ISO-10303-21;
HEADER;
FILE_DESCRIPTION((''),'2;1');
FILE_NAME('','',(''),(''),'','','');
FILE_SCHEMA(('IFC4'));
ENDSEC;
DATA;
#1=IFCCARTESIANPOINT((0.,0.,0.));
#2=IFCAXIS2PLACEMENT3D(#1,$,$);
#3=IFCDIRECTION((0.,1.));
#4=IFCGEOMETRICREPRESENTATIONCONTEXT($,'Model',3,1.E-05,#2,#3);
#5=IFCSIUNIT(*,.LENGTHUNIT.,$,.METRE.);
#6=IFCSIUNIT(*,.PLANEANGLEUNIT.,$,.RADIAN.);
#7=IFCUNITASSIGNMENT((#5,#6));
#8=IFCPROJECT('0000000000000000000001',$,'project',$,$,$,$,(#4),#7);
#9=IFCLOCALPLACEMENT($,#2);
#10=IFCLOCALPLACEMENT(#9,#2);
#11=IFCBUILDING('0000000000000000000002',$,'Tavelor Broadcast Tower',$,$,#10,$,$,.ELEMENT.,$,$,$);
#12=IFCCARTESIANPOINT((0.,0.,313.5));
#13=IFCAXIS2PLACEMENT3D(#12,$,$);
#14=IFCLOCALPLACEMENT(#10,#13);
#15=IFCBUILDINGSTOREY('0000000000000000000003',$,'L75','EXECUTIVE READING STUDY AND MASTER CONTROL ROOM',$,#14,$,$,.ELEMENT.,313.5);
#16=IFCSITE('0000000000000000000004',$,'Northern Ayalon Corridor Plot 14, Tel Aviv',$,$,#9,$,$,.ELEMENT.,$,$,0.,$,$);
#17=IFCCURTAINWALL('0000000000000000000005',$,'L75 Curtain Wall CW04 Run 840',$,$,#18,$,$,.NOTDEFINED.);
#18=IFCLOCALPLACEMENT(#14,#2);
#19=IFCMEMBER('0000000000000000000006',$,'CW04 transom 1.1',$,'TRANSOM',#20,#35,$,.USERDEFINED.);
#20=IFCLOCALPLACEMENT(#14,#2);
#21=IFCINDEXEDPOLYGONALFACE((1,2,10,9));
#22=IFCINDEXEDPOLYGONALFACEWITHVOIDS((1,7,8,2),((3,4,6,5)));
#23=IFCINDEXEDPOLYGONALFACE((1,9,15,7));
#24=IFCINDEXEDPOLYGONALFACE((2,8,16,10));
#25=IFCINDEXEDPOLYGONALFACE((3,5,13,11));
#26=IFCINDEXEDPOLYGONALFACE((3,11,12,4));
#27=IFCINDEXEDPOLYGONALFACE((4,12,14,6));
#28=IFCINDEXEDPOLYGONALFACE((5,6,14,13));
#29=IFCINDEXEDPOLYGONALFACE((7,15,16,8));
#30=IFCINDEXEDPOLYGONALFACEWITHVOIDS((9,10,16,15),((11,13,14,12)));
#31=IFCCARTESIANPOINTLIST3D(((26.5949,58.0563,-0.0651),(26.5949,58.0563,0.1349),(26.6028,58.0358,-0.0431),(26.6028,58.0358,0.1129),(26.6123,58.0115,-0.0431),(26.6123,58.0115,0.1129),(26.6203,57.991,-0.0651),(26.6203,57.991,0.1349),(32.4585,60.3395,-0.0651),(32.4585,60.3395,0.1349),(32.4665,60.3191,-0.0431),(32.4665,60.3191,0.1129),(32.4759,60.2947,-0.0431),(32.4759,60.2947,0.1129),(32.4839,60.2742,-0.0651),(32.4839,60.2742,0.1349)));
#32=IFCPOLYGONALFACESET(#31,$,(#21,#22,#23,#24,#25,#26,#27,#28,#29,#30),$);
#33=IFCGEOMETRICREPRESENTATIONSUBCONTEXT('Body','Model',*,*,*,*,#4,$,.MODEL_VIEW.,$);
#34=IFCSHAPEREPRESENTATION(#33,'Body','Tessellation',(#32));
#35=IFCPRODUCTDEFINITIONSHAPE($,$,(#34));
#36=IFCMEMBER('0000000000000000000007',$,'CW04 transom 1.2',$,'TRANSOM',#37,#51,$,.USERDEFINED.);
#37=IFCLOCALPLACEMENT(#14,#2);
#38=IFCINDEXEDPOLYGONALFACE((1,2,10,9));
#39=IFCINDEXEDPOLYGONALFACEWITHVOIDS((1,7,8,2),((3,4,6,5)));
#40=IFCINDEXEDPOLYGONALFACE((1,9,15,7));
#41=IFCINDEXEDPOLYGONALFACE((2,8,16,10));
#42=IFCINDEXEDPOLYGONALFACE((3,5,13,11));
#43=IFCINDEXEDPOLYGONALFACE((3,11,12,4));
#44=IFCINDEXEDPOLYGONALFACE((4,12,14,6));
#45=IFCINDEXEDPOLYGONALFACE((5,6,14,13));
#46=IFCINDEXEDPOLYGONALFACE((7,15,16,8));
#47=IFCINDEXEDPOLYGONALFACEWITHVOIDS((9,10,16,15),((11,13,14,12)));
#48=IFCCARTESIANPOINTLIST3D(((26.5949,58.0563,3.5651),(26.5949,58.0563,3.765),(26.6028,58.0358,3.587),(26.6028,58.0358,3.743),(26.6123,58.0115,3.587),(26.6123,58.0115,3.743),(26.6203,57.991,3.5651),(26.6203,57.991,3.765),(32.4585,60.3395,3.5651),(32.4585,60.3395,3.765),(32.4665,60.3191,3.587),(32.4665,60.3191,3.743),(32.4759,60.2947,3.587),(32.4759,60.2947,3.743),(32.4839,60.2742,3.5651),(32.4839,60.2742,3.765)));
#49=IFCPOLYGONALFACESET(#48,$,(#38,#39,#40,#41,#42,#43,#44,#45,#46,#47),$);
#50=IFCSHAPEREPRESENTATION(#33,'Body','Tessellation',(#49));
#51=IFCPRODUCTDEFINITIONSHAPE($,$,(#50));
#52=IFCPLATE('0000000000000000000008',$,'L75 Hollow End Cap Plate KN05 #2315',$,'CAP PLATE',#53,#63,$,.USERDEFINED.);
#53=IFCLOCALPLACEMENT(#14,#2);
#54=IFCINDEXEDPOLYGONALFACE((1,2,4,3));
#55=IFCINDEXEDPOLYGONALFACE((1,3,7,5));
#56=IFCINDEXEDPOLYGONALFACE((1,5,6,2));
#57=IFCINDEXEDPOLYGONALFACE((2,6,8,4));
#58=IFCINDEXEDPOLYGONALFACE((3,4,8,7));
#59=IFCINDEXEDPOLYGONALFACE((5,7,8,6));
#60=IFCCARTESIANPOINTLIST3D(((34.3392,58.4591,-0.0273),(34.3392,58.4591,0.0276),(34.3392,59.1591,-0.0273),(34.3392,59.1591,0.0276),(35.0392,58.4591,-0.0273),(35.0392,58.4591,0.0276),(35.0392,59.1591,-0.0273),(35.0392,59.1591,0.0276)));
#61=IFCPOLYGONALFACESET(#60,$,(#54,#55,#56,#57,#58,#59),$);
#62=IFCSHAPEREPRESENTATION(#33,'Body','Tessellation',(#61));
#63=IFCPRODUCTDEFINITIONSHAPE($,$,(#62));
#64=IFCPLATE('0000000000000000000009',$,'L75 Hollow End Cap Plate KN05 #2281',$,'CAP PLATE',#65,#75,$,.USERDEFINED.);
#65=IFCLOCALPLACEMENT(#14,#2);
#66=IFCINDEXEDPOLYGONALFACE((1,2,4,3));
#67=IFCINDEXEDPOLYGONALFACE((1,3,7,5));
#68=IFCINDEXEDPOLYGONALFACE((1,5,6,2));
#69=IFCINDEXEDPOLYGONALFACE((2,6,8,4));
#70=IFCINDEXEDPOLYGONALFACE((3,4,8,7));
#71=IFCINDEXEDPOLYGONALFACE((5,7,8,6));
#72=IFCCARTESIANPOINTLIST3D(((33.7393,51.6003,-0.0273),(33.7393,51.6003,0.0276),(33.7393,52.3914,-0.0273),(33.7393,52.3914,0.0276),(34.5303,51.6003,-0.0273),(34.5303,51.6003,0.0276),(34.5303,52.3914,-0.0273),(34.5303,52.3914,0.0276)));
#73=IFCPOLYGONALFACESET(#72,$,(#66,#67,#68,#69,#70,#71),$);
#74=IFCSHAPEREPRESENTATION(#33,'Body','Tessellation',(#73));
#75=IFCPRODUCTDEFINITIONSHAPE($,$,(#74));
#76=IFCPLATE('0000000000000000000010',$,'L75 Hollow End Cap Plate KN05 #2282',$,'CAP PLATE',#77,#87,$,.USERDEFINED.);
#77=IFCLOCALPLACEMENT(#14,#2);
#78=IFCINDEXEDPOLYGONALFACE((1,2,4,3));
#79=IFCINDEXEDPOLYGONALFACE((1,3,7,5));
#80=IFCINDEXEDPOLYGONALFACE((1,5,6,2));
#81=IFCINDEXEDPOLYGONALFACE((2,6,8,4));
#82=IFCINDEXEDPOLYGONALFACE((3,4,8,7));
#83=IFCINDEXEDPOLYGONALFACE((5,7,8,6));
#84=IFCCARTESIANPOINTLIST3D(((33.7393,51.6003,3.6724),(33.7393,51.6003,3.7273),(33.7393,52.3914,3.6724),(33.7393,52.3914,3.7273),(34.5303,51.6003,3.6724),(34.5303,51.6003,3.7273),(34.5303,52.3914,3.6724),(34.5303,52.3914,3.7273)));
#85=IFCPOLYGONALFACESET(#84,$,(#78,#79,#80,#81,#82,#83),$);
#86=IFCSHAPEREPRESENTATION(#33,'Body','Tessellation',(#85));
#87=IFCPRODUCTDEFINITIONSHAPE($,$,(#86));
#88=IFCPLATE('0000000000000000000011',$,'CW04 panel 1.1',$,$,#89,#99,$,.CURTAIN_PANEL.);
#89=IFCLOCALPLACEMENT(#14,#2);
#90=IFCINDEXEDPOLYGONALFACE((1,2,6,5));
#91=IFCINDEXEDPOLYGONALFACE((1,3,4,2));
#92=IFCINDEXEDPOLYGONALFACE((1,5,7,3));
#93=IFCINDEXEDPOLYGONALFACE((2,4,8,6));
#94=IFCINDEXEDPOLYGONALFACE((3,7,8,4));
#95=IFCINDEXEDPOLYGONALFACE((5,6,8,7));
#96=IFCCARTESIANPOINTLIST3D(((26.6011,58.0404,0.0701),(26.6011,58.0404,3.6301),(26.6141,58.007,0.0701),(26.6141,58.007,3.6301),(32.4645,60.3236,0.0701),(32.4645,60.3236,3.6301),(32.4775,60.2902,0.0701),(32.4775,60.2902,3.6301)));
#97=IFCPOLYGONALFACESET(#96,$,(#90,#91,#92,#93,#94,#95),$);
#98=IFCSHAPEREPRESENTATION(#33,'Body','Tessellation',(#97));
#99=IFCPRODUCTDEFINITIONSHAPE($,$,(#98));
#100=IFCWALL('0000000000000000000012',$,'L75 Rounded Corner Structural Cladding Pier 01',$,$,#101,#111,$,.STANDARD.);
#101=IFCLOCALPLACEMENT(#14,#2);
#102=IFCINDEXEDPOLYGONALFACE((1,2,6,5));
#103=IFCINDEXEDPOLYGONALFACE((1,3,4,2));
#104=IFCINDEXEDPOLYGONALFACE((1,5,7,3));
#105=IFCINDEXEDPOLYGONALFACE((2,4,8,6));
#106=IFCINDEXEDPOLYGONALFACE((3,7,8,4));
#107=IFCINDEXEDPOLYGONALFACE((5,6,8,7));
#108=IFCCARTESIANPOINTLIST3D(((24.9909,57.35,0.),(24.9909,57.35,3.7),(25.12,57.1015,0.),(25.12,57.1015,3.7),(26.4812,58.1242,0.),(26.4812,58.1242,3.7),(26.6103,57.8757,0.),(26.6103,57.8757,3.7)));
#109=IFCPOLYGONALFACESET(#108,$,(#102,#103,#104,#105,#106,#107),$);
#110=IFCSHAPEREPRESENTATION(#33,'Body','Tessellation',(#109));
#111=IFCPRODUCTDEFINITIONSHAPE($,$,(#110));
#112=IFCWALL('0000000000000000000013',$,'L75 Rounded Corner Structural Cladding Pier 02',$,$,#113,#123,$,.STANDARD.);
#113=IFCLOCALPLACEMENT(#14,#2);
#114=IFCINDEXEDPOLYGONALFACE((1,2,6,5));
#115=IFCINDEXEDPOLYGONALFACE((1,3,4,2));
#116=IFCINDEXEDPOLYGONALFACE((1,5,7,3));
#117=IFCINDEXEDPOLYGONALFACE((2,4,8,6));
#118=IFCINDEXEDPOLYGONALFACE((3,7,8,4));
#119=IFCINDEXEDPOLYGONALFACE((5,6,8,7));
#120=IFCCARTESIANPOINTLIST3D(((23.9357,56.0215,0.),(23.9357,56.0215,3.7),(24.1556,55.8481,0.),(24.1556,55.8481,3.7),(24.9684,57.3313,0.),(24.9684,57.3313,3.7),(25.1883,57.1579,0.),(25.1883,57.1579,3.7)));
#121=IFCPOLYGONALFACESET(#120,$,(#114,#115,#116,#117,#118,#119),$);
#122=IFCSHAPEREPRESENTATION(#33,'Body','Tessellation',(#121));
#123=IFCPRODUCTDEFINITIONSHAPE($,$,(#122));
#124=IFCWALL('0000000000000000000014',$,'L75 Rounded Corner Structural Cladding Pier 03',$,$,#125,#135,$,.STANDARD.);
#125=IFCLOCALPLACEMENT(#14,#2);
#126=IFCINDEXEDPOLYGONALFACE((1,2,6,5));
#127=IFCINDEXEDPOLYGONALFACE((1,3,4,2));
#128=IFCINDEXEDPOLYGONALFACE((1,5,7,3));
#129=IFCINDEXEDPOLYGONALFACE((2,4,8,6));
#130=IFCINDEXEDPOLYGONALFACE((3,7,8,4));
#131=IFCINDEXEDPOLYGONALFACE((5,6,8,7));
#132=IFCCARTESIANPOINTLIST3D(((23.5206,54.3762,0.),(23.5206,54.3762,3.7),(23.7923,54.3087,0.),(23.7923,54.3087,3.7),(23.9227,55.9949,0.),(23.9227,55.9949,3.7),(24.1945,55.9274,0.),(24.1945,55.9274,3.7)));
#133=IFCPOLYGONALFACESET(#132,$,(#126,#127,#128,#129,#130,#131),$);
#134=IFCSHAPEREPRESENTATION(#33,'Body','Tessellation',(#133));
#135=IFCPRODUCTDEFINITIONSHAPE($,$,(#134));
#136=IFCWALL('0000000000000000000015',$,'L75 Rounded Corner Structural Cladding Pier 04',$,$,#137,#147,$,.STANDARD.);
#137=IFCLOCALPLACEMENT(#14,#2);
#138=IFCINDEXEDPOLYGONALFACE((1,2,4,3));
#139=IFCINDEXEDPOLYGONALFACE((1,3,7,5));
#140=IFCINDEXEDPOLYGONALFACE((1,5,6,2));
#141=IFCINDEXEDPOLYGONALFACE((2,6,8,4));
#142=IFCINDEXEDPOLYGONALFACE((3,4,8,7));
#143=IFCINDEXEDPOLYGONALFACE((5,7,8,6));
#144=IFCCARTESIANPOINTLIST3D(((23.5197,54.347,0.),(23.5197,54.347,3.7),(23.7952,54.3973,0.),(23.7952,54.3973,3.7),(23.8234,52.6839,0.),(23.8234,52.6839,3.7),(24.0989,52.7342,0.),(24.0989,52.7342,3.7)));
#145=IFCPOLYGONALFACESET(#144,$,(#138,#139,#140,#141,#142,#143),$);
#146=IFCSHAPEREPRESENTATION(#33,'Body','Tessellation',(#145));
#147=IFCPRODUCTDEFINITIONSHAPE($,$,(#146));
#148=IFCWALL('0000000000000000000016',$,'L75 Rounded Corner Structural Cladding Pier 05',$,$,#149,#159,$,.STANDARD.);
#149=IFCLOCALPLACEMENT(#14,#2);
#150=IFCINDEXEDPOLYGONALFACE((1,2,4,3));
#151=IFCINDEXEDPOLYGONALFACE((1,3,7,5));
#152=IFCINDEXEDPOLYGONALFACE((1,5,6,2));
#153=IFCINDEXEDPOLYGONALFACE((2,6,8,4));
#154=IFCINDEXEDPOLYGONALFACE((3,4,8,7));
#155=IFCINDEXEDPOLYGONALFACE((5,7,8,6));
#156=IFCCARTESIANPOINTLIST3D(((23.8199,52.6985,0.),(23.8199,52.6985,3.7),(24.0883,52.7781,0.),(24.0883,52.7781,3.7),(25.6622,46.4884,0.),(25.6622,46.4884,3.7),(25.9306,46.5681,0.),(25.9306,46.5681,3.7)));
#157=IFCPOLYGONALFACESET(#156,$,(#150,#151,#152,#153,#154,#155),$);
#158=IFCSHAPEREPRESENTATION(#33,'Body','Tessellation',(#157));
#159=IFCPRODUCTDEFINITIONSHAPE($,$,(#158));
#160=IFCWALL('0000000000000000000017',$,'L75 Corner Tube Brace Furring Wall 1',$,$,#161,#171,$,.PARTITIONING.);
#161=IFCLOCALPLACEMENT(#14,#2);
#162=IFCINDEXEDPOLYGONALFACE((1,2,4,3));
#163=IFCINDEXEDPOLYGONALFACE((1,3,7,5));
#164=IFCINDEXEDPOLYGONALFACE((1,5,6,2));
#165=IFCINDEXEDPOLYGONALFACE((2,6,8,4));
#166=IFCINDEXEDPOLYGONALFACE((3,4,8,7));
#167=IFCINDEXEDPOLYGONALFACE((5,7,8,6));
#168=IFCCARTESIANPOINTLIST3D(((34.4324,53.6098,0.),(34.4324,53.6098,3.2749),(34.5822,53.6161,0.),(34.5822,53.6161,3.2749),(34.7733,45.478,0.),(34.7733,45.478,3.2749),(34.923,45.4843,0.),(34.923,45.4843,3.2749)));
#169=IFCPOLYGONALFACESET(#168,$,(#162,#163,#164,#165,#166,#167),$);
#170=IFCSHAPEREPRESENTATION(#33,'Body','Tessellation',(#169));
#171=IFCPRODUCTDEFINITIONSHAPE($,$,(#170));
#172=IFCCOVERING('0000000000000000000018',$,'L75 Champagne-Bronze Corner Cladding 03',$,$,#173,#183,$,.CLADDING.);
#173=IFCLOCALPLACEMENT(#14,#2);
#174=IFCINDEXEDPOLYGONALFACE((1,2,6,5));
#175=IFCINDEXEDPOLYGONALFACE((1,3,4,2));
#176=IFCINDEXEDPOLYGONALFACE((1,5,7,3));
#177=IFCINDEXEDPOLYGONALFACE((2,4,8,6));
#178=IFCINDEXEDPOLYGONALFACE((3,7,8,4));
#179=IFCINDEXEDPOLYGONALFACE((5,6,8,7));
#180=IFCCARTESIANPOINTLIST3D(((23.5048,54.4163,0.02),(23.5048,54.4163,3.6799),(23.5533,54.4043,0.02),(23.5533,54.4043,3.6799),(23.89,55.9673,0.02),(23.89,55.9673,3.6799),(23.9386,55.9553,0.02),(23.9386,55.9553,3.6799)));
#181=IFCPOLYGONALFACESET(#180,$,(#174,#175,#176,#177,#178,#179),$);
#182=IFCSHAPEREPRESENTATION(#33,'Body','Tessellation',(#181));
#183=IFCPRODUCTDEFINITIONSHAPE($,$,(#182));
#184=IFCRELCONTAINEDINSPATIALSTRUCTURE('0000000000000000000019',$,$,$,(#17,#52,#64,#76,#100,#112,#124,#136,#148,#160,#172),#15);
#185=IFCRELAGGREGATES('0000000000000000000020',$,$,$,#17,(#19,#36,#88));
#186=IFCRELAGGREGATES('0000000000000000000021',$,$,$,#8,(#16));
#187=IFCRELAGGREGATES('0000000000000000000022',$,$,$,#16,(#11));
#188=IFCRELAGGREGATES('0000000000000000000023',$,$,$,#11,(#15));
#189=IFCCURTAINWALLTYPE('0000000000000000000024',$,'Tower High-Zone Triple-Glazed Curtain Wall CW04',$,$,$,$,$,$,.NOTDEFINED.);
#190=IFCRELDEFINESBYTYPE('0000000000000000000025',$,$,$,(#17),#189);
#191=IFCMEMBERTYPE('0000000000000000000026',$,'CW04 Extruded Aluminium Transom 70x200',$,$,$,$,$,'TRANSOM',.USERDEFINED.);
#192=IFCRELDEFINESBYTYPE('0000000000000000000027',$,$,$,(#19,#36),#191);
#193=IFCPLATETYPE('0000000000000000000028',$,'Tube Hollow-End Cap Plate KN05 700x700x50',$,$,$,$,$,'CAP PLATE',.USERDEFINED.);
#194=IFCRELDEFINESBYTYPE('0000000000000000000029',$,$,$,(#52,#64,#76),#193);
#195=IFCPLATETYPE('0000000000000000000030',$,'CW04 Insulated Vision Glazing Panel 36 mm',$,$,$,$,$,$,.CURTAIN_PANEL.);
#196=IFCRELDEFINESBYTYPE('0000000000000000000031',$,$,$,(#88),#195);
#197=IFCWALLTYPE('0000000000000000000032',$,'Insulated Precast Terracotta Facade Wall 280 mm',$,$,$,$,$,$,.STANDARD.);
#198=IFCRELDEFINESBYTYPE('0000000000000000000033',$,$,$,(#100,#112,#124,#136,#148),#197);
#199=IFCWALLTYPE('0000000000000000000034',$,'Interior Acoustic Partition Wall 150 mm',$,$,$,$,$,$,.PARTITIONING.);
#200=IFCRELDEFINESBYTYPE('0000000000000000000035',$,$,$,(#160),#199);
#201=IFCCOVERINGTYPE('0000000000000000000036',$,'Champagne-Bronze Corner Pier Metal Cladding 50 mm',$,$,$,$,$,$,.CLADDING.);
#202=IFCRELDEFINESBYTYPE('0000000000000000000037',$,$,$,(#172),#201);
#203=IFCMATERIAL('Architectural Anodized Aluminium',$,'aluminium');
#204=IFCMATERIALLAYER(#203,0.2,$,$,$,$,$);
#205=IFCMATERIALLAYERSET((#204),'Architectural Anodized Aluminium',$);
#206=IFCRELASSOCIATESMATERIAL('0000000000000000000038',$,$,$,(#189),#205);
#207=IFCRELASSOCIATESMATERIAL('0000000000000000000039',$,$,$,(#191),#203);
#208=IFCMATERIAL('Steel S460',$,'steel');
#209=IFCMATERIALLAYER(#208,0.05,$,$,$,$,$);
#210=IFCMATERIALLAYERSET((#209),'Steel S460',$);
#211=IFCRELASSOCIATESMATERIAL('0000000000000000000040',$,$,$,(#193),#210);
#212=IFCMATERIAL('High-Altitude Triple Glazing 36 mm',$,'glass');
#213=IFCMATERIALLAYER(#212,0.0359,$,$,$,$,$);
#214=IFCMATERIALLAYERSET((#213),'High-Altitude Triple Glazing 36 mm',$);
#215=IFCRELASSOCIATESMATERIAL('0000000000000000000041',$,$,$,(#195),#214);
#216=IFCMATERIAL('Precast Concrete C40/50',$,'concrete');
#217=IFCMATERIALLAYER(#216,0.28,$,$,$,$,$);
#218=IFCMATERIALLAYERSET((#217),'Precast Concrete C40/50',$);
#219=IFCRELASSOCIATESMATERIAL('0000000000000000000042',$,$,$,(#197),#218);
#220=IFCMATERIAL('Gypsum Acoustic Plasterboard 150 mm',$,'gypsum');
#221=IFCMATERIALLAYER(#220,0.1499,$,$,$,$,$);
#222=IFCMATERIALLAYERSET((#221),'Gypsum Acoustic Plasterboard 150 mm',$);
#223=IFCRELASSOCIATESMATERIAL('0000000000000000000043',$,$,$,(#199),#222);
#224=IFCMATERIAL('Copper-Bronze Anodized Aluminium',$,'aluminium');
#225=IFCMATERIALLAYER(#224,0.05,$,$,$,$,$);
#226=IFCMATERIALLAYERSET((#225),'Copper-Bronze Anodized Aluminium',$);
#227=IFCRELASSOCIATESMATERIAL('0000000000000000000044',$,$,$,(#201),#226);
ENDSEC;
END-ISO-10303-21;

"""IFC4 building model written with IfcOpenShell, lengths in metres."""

from ifc_helpers import new_model, si_unit, direction, frame, frame_2d, origin, origin_2d, place, context, subcontext, project, spatial, rectangle, hollow_rectangle, extrude, source, transform, mapped, material, layer, layer_set, material_profile, profile_set, type_object, type_shapes, element, aggregate, save


model = new_model("IFC4")

# Units and contexts
model_context = context("Model", 3, precision=1e-05, world=origin(), true_north=direction((0.0, 1.0)))
body_context = subcontext(model_context, "Body", "Model", "MODEL_VIEW")
ifc_project = project(units=[si_unit("LENGTHUNIT", "METRE"), si_unit("PLANEANGLEUNIT", "RADIAN")], contexts=[model_context])

# Site, building, storey
site_placement = place(None, origin())
site = spatial("IfcSite", under=ifc_project, at=site_placement, Name="Northern Ayalon Corridor Plot 14, Tel Aviv", CompositionType="ELEMENT", RefElevation=0.0)
building_placement = place(site_placement, origin())
building = spatial("IfcBuilding", under=site, at=building_placement, Name="Tavelor Broadcast Tower", CompositionType="ELEMENT")
storey_placement = place(building_placement, frame((0.0, 0.0, 313.5)))
storey = spatial("IfcBuildingStorey", under=building, at=storey_placement, Name="L75", Description="EXECUTIVE READING STUDY AND MASTER CONTROL ROOM", CompositionType="ELEMENT", Elevation=313.5)

# Shared definitions
ifc_material_1 = material(Name="Steel S460", Category="steel")

# Shared definitions
ifc_material_2 = material(Name="Architectural Anodized Aluminium", Category="aluminium")
ifc_layer_1 = layer(ifc_material_2, 0.2)
ifc_layer_set_1 = layer_set([ifc_layer_1], Name="Architectural Anodized Aluminium")
curtain_wall_type = type_object("IfcCurtainWallType", Name="Tower High-Zone Triple-Glazed Curtain Wall CW04", PredefinedType="NOTDEFINED", material=ifc_layer_set_1)

# Curtain wall, members
curtain_wall_1_placement = place(storey_placement, origin())
curtain_wall_1 = element("IfcCurtainWall", 1, at=curtain_wall_1_placement, inside=storey, type_object=curtain_wall_type, Name="L75 Curtain Wall CW04 Run 840", PredefinedType="NOTDEFINED")
ifc_material_profile_1 = material_profile(ifc_material_2, hollow_rectangle(XDim=0.0701, YDim=0.2, WallThickness=0.022, at=origin_2d()), Name="RHS 70x200x22")
ifc_profile_set_1 = profile_set([ifc_material_profile_1], Name="Architectural Anodized Aluminium")
member_type_1 = type_object("IfcMemberType", Name="CW04 Extruded Aluminium Transom 70x200", ElementType="TRANSOM", PredefinedType="USERDEFINED", material=ifc_profile_set_1)
shared_shape_1 = source(origin(), body_context, "Body", "SweptSolid", [
    extrude(hollow_rectangle(XDim=0.0701, YDim=0.2, WallThickness=0.022, at=origin_2d()), origin(), (0.0, 0.0, 1.0), 6.2925),
])
type_shapes(member_type_1, [shared_shape_1])
member_1_placement = place(storey_placement, frame((32.4712, 60.3069, 0.0349), z_axis=(-0.931847, -0.362853, 0.0), x_axis=(0.362853, -0.931847, 0.0)))
member_1 = element("IfcMember", 2, at=member_1_placement, type_object=member_type_1, Name="CW04 transom 1.1", ObjectType="TRANSOM", PredefinedType="USERDEFINED", context=body_context, shape_type="MappedRepresentation", body=[
    mapped(shared_shape_1, transform((0.0, 0.0, 0.0), scale=1.0)),
])
member_2_placement = place(storey_placement, frame((32.4712, 60.3069, 3.665), z_axis=(-0.931847, -0.362853, 0.0), x_axis=(0.362853, -0.931847, 0.0)))
member_2 = element("IfcMember", 3, at=member_2_placement, type_object=member_type_1, Name="CW04 transom 1.2", ObjectType="TRANSOM", PredefinedType="USERDEFINED", context=body_context, shape_type="MappedRepresentation", body=[
    mapped(shared_shape_1, transform((0.0, 0.0, 0.0), scale=1.0)),
])

# Plates
ifc_layer_2 = layer(ifc_material_1, 0.05)
ifc_layer_set_2 = layer_set([ifc_layer_2], Name="Steel S460")
plate_type_1 = type_object("IfcPlateType", Name="Tube Hollow-End Cap Plate KN05 700x700x50", ElementType="CAP PLATE", PredefinedType="USERDEFINED", material=ifc_layer_set_2)
shared_shape_2 = source(origin(), body_context, "Body", "SweptSolid", [
    extrude(rectangle(XDim=0.7, YDim=0.7, at=origin_2d()), origin(), (0.0, 0.0, 1.0), 0.0549),
])
plate_1_placement = place(storey_placement, frame((34.6892, 58.8091, -0.0273), z_axis=(0.0, 0.0, 1.0), x_axis=(1.0, 0.0, 0.0)))
element("IfcPlate", 4, at=plate_1_placement, inside=storey, type_object=plate_type_1, Name="L75 Hollow End Cap Plate KN05 #2315", ObjectType="CAP PLATE", PredefinedType="USERDEFINED", context=body_context, shape_type="MappedRepresentation", body=[
    mapped(shared_shape_2, transform((0.0, 0.0, 0.0), scale=1.0)),
])
shared_shape_3 = source(origin(), body_context, "Body", "SweptSolid", [
    extrude(rectangle(XDim=0.791, YDim=0.791, at=origin_2d()), origin(), (0.0, 0.0, 1.0), 0.0549),
])
type_shapes(plate_type_1, [shared_shape_2, shared_shape_3])
for number, where, z_axis, x_axis, name in (
    (5, (34.1348, 51.9958, -0.0273), (0.0, 0.0, 1.0), (1.0, 0.0, 0.0), "L75 Hollow End Cap Plate KN05 #2281"),
    (6, (34.1348, 51.9958, 3.6724), (0.0, 0.0, 1.0), (1.0, 0.0, 0.0), "L75 Hollow End Cap Plate KN05 #2282"),
):
    element("IfcPlate", number, at=place(storey_placement, frame(where, z_axis=z_axis, x_axis=x_axis)), inside=storey, type_object=plate_type_1, Name=name, ObjectType="CAP PLATE", PredefinedType="USERDEFINED", context=body_context, shape_type="MappedRepresentation", body=[
        mapped(shared_shape_3, transform((0.0, 0.0, 0.0), scale=1.0)),
    ])

# Plate
ifc_material_3 = material(Name="High-Altitude Triple Glazing 36 mm", Category="glass")
ifc_layer_3 = layer(ifc_material_3, 0.0359)
ifc_layer_set_3 = layer_set([ifc_layer_3], Name="High-Altitude Triple Glazing 36 mm")
plate_type_2 = type_object("IfcPlateType", Name="CW04 Insulated Vision Glazing Panel 36 mm", PredefinedType="CURTAIN_PANEL", material=ifc_layer_set_3)
shared_shape_4 = source(origin(), body_context, "Body", "SweptSolid", [
    extrude(rectangle(XDim=6.2922, YDim=0.0359, at=origin_2d()), origin(), (0.0, 0.0, 1.0), 3.5601),
])
type_shapes(plate_type_2, [shared_shape_4])
plate_2_placement = place(storey_placement, frame((29.5393, 59.1653, 0.0701), z_axis=(0.0, 0.0, 1.0), x_axis=(-0.931845, -0.362857, 0.0)))
plate_2 = element("IfcPlate", 7, at=plate_2_placement, type_object=plate_type_2, Name="CW04 panel 1.1", PredefinedType="CURTAIN_PANEL", context=body_context, shape_type="MappedRepresentation", body=[
    mapped(shared_shape_4, transform((0.0, 0.0, 0.0), scale=1.0)),
])
aggregate(curtain_wall_1, [member_1, member_2, plate_2])

# Walls
ifc_material_4 = material(Name="Precast Concrete C40/50", Category="concrete")
ifc_layer_4 = layer(ifc_material_4, 0.28)
ifc_layer_set_4 = layer_set([ifc_layer_4], Name="Precast Concrete C40/50")
wall_type_1 = type_object("IfcWallType", Name="Insulated Precast Terracotta Facade Wall 280 mm", PredefinedType="STANDARD", material=ifc_layer_set_4)
wall_1_placement = place(storey_placement, frame((26.5459, 58.0, 0.0), z_axis=(0.0, 0.0, 1.0), x_axis=(-0.8874, -0.461, 0.0)))
element("IfcWall", 8, at=wall_1_placement, inside=storey, type_object=wall_type_1, Name="L75 Rounded Corner Structural Cladding Pier 01", PredefinedType="STANDARD", context=body_context, shape_type="SweptSolid", body=[
    extrude(rectangle(XDim=1.6794, YDim=0.28, at=frame_2d((0.8398, 0.0))), origin(), (0.0, 0.0, 1.0), 3.7),
])
for number, where, z_axis, x_axis, name in (
    (9, (25.0784, 57.2446, 0.0), (0.0, 0.0, 1.0), (-0.619146, -0.785276, 0.0), "L75 Rounded Corner Structural Cladding Pier 02"),
    (10, (24.0586, 55.9612, 0.0), (0.0, 0.0, 1.0), (-0.241089, -0.970503, 0.0), "L75 Rounded Corner Structural Cladding Pier 03"),
):
    element("IfcWall", number, at=place(storey_placement, frame(where, z_axis=z_axis, x_axis=x_axis)), inside=storey, type_object=wall_type_1, Name=name, PredefinedType="STANDARD", context=body_context, shape_type="SweptSolid", body=[
        extrude(rectangle(XDim=1.668, YDim=0.28, at=frame_2d((0.834, 0.0))), origin(), (0.0, 0.0, 1.0), 3.7),
    ])
wall_2_placement = place(storey_placement, frame((23.6575, 54.3721, 0.0), z_axis=(0.0, 0.0, 1.0), x_axis=(0.179648, -0.983731, 0.0)))
element("IfcWall", 11, at=wall_2_placement, inside=storey, type_object=wall_type_1, Name="L75 Rounded Corner Structural Cladding Pier 04", PredefinedType="STANDARD", context=body_context, shape_type="SweptSolid", body=[
    extrude(rectangle(XDim=1.6907, YDim=0.28, at=frame_2d((0.8452, 0.0))), origin(), (0.0, 0.0, 1.0), 3.7),
])
wall_3_placement = place(storey_placement, frame((23.9541, 52.7383, 0.0), z_axis=(0.0, 0.0, 1.0), x_axis=(0.284414, -0.958701, 0.0)))
element("IfcWall", 12, at=wall_3_placement, inside=storey, type_object=wall_type_1, Name="L75 Rounded Corner Structural Cladding Pier 05", PredefinedType="STANDARD", context=body_context, shape_type="SweptSolid", body=[
    extrude(rectangle(XDim=6.4775, YDim=0.28, at=frame_2d((3.2388, 0.0))), origin(), (0.0, 0.0, 1.0), 3.7),
])
ifc_material_5 = material(Name="Gypsum Acoustic Plasterboard 150 mm", Category="gypsum")
ifc_layer_5 = layer(ifc_material_5, 0.1499)
ifc_layer_set_5 = layer_set([ifc_layer_5], Name="Gypsum Acoustic Plasterboard 150 mm")
wall_type_2 = type_object("IfcWallType", Name="Interior Acoustic Partition Wall 150 mm", PredefinedType="PARTITIONING", material=ifc_layer_set_5)
wall_4_placement = place(storey_placement, frame((34.5073, 53.6128, 0.0), z_axis=(0.0, 0.0, 1.0), x_axis=(0.041875, -0.999123, 0.0)))
element("IfcWall", 13, at=wall_4_placement, inside=storey, type_object=wall_type_2, Name="L75 Corner Tube Brace Furring Wall 1", PredefinedType="PARTITIONING", context=body_context, shape_type="SweptSolid", body=[
    extrude(rectangle(XDim=8.1389, YDim=0.1499, at=frame_2d((4.0693, 0.0))), origin(), (0.0, 0.0, 1.0), 3.2749),
])

# Covering
ifc_material_6 = material(Name="Copper-Bronze Anodized Aluminium", Category="aluminium")
ifc_layer_6 = layer(ifc_material_6, 0.05)
ifc_layer_set_6 = layer_set([ifc_layer_6], Name="Copper-Bronze Anodized Aluminium")
covering_type = type_object("IfcCoveringType", Name="Champagne-Bronze Corner Pier Metal Cladding 50 mm", PredefinedType="CLADDING", material=ifc_layer_set_6)
covering_placement = place(storey_placement, frame((23.7217, 55.1858, 0.02), z_axis=(0.0, 0.0, 1.0), x_axis=(-0.241075, -0.970506, 0.0)))
element("IfcCovering", 14, at=covering_placement, inside=storey, type_object=covering_type, Name="L75 Champagne-Bronze Corner Cladding 03", PredefinedType="CLADDING", context=body_context, shape_type="SweptSolid", body=[
    extrude(rectangle(XDim=1.5981, YDim=0.05, at=origin_2d()), origin(), (0.0, 0.0, 1.0), 3.6599),
])

save(model, "model.ifc")
